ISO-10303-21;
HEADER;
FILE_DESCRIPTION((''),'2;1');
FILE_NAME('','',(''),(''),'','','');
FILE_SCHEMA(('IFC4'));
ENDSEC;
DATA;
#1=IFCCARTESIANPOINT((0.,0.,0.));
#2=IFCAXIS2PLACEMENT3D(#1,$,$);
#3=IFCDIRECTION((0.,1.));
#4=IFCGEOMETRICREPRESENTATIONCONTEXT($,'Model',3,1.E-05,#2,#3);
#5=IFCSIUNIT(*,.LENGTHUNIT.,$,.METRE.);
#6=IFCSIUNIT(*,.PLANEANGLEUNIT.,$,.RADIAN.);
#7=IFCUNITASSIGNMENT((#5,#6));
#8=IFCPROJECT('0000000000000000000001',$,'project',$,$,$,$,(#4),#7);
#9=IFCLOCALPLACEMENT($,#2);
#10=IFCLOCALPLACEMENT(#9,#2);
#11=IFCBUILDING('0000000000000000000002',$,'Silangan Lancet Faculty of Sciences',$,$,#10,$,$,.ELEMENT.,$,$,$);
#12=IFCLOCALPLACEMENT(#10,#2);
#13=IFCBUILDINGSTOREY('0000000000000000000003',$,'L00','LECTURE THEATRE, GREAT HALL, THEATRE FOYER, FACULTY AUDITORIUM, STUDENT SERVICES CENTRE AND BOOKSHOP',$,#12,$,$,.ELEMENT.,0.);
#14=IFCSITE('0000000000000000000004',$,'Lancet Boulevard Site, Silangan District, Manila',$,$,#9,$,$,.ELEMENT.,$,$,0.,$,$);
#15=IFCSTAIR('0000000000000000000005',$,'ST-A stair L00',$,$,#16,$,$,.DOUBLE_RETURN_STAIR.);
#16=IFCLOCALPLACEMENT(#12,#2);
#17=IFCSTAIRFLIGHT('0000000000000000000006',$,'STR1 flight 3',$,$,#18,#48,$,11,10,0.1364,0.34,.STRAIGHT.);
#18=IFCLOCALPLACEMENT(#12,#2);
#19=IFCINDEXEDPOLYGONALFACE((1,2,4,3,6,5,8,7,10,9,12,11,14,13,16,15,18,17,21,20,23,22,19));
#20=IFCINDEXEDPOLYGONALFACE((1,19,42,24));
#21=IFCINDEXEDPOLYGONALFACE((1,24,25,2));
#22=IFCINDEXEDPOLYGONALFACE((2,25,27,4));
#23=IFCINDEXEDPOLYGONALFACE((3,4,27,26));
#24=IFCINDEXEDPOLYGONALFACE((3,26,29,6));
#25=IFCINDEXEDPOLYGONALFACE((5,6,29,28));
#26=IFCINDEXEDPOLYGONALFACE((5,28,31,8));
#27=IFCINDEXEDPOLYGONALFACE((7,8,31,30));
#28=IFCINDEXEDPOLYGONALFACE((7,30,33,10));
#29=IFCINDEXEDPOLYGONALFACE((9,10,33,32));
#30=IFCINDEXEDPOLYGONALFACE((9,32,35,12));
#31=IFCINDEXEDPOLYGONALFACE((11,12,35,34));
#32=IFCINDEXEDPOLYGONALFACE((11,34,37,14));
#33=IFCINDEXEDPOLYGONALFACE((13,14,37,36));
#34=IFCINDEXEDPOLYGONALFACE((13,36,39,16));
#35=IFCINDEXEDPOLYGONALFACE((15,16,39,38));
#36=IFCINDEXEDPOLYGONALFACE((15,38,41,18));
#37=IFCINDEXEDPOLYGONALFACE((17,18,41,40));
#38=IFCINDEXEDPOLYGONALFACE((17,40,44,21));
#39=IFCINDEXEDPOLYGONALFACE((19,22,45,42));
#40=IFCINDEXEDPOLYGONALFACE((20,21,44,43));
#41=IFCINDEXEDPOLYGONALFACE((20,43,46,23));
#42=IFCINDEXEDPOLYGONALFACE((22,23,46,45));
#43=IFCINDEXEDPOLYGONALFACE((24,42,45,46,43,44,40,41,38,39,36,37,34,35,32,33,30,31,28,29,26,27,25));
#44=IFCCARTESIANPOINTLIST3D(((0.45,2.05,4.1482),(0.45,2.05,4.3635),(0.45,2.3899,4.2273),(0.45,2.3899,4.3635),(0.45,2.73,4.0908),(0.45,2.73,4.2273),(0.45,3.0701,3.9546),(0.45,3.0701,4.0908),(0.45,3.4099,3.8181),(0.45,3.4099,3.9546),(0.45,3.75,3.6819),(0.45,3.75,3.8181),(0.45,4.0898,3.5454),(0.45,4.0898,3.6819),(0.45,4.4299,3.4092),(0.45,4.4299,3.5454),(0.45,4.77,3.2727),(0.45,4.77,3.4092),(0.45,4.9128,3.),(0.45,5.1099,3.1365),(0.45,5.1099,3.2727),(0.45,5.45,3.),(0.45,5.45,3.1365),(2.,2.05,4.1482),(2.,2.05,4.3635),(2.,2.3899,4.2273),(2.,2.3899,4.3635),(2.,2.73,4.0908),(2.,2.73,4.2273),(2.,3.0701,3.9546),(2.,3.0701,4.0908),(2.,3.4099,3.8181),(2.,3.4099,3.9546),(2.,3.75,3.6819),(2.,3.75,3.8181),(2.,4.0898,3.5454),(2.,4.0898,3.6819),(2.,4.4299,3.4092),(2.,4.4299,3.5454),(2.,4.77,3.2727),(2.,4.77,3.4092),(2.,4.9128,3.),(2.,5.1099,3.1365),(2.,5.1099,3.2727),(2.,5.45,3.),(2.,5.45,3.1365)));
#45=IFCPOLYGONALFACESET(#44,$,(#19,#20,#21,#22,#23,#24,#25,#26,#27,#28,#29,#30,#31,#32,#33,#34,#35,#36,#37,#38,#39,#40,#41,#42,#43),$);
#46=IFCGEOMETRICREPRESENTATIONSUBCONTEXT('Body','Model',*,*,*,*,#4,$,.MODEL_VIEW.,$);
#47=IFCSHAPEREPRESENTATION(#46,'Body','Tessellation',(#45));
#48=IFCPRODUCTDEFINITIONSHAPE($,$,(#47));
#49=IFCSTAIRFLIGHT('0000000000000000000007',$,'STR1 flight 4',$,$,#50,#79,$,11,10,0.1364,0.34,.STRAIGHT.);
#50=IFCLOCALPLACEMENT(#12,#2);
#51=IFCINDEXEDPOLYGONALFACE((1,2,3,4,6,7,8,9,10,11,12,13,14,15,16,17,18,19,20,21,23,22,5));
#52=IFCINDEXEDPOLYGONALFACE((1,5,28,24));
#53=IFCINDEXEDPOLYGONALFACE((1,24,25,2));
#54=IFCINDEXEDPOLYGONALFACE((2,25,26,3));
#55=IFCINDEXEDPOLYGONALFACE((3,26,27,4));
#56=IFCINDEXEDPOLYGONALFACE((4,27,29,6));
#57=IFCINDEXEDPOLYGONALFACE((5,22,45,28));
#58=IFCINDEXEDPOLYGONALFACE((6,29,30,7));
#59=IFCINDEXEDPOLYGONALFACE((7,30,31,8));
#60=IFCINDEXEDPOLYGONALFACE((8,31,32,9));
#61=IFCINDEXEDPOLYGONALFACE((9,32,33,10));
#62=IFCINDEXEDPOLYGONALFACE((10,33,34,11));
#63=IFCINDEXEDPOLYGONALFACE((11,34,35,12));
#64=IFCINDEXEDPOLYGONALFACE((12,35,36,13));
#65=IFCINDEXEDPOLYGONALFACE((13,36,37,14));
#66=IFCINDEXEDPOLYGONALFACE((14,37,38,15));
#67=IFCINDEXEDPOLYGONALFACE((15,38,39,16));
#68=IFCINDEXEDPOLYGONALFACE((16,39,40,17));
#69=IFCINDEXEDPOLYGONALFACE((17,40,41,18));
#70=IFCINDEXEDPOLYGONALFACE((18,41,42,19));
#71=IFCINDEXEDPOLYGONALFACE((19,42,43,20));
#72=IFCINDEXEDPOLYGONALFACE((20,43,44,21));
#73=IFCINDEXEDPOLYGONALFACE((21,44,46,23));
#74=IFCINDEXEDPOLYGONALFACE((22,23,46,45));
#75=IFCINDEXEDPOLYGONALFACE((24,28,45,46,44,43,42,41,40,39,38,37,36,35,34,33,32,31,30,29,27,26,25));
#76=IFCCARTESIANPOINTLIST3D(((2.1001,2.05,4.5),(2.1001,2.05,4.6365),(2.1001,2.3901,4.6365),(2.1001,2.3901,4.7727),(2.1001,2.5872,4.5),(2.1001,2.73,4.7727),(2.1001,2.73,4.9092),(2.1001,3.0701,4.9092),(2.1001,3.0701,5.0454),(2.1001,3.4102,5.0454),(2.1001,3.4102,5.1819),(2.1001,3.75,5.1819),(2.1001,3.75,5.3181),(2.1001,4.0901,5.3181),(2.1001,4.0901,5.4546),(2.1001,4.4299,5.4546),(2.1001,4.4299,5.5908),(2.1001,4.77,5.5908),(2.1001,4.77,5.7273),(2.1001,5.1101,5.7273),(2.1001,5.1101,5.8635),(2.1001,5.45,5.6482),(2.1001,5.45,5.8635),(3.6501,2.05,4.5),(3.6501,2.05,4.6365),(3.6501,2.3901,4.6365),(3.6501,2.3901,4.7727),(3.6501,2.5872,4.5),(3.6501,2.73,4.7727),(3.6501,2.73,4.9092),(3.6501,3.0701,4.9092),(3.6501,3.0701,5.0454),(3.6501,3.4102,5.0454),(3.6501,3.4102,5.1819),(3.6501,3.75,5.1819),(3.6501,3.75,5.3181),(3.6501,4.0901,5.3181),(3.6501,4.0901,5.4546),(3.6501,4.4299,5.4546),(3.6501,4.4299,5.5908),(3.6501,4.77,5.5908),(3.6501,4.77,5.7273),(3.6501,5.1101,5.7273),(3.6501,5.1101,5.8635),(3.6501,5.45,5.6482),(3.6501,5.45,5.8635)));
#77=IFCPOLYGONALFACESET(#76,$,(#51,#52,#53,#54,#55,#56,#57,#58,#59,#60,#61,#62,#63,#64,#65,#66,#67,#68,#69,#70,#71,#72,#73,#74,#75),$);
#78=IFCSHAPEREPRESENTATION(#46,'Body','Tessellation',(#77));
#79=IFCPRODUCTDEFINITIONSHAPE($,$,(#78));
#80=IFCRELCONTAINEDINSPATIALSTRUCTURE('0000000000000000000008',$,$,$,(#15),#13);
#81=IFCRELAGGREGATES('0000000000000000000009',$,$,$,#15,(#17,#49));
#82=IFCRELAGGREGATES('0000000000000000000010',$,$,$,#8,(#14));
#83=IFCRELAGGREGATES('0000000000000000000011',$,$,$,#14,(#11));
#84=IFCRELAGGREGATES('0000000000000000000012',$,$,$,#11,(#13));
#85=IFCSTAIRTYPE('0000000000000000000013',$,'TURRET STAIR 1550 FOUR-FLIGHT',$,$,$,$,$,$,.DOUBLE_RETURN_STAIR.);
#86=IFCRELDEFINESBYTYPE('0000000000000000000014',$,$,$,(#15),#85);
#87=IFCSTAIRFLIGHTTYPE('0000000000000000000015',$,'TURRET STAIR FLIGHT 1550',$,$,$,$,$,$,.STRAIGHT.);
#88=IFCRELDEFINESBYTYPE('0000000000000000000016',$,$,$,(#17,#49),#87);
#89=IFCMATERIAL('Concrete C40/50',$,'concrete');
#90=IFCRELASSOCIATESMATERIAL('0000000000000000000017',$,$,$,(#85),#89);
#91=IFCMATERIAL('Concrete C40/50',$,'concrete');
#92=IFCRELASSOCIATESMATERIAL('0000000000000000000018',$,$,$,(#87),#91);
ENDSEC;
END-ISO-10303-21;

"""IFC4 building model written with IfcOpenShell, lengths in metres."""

from ifc_helpers import new_model, si_unit, direction, frame, origin, place, context, subcontext, project, spatial, polyline, outline, extrude, material, type_object, element, aggregate, save


model = new_model("IFC4")

# Units and contexts
model_context = context("Model", 3, precision=1e-05, world=origin(), true_north=direction((0.0, 1.0)))
body_context = subcontext(model_context, "Body", "Model", "MODEL_VIEW")
ifc_project = project(units=[si_unit("LENGTHUNIT", "METRE"), si_unit("PLANEANGLEUNIT", "RADIAN")], contexts=[model_context])

# Site, building, storey
site_placement = place(None, origin())
site = spatial("IfcSite", under=ifc_project, at=site_placement, Name="Lancet Boulevard Site, Silangan District, Manila", CompositionType="ELEMENT", RefElevation=0.0)
building_placement = place(site_placement, origin())
building = spatial("IfcBuilding", under=site, at=building_placement, Name="Silangan Lancet Faculty of Sciences", CompositionType="ELEMENT")
storey_placement = place(building_placement, origin())
storey = spatial("IfcBuildingStorey", under=building, at=storey_placement, Name="L00", Description="LECTURE THEATRE, GREAT HALL, THEATRE FOYER, FACULTY AUDITORIUM, STUDENT SERVICES CENTRE AND BOOKSHOP", CompositionType="ELEMENT", Elevation=0.0)

# Stair, stair flights
ifc_material_1 = material(Name="Concrete C40/50", Category="concrete")
stair_type = type_object("IfcStairType", Name="TURRET STAIR 1550 FOUR-FLIGHT", PredefinedType="DOUBLE_RETURN_STAIR", material=ifc_material_1)
stair_placement = place(storey_placement, origin())
stair = element("IfcStair", 1, at=stair_placement, inside=storey, type_object=stair_type, Name="ST-A stair L00", PredefinedType="DOUBLE_RETURN_STAIR")
ifc_material_2 = material(Name="Concrete C40/50", Category="concrete")
stair_flight_type = type_object("IfcStairFlightType", Name="TURRET STAIR FLIGHT 1550", PredefinedType="STRAIGHT", material=ifc_material_2)
stair_flight_1_placement = place(storey_placement, frame((1.2251, 5.45, 3.0), z_axis=(0.0, 0.0, 1.0), x_axis=(0.0, -1.0, 0.0)))
stair_flight_1 = element("IfcStairFlight", 2, at=stair_flight_1_placement, type_object=stair_flight_type, Name="STR1 flight 3", NumberOfRisers=11, NumberOfTreads=10, PredefinedType="STRAIGHT", RiserHeight=0.1364, TreadLength=0.34, context=body_context, shape_type="SweptSolid", body=[
    extrude(outline(polyline([(0.0, 0.0), (0.0, 0.1365), (0.3401, 0.1365), (0.3401, 0.2727), (0.6799, 0.2727), (0.6799, 0.4092), (1.02, 0.4092), (1.02, 0.5454), (1.3601, 0.5454), (1.3601, 0.6819), (1.7, 0.6819), (1.7, 0.8181), (2.04, 0.8181), (2.04, 0.9546), (2.3799, 0.9546), (2.3799, 1.0908), (2.72, 1.0908), (2.72, 1.2273), (3.0601, 1.2273), (3.0601, 1.3635), (3.3999, 1.3635), (3.3999, 1.5), (3.3999, 1.1482), (0.5371, 0.0), (0.0, 0.0)])), frame((0.0, 0.7749, 0.0), z_axis=(0.0, -1.0, 0.0), x_axis=(1.0, 0.0, 0.0)), (0.0, 0.0, 1.0), 1.55),
])
stair_flight_2_placement = place(storey_placement, frame((2.875, 2.05, 4.5), z_axis=(0.0, 0.0, 1.0), x_axis=(0.0, 1.0, 0.0)))
stair_flight_2 = element("IfcStairFlight", 3, at=stair_flight_2_placement, type_object=stair_flight_type, Name="STR1 flight 4", NumberOfRisers=11, NumberOfTreads=10, PredefinedType="STRAIGHT", RiserHeight=0.1364, TreadLength=0.34, context=body_context, shape_type="SweptSolid", body=[
    extrude(outline(polyline([(0.0, 0.0), (0.0, 0.1365), (0.3401, 0.1365), (0.3401, 0.2727), (0.6799, 0.2727), (0.6799, 0.4092), (1.02, 0.4092), (1.02, 0.5454), (1.3601, 0.5454), (1.3601, 0.6819), (1.7, 0.6819), (1.7, 0.8181), (2.04, 0.8181), (2.04, 0.9546), (2.3799, 0.9546), (2.3799, 1.0908), (2.72, 1.0908), (2.72, 1.2273), (3.0601, 1.2273), (3.0601, 1.3635), (3.3999, 1.3635), (3.3999, 1.5), (3.3999, 1.1482), (0.5371, 0.0), (0.0, 0.0)])), frame((0.0, 0.7749, 0.0), z_axis=(0.0, -1.0, 0.0), x_axis=(1.0, 0.0, 0.0)), (0.0, 0.0, 1.0), 1.55),
])
aggregate(stair, [stair_flight_1, stair_flight_2])

save(model, "model.ifc")
